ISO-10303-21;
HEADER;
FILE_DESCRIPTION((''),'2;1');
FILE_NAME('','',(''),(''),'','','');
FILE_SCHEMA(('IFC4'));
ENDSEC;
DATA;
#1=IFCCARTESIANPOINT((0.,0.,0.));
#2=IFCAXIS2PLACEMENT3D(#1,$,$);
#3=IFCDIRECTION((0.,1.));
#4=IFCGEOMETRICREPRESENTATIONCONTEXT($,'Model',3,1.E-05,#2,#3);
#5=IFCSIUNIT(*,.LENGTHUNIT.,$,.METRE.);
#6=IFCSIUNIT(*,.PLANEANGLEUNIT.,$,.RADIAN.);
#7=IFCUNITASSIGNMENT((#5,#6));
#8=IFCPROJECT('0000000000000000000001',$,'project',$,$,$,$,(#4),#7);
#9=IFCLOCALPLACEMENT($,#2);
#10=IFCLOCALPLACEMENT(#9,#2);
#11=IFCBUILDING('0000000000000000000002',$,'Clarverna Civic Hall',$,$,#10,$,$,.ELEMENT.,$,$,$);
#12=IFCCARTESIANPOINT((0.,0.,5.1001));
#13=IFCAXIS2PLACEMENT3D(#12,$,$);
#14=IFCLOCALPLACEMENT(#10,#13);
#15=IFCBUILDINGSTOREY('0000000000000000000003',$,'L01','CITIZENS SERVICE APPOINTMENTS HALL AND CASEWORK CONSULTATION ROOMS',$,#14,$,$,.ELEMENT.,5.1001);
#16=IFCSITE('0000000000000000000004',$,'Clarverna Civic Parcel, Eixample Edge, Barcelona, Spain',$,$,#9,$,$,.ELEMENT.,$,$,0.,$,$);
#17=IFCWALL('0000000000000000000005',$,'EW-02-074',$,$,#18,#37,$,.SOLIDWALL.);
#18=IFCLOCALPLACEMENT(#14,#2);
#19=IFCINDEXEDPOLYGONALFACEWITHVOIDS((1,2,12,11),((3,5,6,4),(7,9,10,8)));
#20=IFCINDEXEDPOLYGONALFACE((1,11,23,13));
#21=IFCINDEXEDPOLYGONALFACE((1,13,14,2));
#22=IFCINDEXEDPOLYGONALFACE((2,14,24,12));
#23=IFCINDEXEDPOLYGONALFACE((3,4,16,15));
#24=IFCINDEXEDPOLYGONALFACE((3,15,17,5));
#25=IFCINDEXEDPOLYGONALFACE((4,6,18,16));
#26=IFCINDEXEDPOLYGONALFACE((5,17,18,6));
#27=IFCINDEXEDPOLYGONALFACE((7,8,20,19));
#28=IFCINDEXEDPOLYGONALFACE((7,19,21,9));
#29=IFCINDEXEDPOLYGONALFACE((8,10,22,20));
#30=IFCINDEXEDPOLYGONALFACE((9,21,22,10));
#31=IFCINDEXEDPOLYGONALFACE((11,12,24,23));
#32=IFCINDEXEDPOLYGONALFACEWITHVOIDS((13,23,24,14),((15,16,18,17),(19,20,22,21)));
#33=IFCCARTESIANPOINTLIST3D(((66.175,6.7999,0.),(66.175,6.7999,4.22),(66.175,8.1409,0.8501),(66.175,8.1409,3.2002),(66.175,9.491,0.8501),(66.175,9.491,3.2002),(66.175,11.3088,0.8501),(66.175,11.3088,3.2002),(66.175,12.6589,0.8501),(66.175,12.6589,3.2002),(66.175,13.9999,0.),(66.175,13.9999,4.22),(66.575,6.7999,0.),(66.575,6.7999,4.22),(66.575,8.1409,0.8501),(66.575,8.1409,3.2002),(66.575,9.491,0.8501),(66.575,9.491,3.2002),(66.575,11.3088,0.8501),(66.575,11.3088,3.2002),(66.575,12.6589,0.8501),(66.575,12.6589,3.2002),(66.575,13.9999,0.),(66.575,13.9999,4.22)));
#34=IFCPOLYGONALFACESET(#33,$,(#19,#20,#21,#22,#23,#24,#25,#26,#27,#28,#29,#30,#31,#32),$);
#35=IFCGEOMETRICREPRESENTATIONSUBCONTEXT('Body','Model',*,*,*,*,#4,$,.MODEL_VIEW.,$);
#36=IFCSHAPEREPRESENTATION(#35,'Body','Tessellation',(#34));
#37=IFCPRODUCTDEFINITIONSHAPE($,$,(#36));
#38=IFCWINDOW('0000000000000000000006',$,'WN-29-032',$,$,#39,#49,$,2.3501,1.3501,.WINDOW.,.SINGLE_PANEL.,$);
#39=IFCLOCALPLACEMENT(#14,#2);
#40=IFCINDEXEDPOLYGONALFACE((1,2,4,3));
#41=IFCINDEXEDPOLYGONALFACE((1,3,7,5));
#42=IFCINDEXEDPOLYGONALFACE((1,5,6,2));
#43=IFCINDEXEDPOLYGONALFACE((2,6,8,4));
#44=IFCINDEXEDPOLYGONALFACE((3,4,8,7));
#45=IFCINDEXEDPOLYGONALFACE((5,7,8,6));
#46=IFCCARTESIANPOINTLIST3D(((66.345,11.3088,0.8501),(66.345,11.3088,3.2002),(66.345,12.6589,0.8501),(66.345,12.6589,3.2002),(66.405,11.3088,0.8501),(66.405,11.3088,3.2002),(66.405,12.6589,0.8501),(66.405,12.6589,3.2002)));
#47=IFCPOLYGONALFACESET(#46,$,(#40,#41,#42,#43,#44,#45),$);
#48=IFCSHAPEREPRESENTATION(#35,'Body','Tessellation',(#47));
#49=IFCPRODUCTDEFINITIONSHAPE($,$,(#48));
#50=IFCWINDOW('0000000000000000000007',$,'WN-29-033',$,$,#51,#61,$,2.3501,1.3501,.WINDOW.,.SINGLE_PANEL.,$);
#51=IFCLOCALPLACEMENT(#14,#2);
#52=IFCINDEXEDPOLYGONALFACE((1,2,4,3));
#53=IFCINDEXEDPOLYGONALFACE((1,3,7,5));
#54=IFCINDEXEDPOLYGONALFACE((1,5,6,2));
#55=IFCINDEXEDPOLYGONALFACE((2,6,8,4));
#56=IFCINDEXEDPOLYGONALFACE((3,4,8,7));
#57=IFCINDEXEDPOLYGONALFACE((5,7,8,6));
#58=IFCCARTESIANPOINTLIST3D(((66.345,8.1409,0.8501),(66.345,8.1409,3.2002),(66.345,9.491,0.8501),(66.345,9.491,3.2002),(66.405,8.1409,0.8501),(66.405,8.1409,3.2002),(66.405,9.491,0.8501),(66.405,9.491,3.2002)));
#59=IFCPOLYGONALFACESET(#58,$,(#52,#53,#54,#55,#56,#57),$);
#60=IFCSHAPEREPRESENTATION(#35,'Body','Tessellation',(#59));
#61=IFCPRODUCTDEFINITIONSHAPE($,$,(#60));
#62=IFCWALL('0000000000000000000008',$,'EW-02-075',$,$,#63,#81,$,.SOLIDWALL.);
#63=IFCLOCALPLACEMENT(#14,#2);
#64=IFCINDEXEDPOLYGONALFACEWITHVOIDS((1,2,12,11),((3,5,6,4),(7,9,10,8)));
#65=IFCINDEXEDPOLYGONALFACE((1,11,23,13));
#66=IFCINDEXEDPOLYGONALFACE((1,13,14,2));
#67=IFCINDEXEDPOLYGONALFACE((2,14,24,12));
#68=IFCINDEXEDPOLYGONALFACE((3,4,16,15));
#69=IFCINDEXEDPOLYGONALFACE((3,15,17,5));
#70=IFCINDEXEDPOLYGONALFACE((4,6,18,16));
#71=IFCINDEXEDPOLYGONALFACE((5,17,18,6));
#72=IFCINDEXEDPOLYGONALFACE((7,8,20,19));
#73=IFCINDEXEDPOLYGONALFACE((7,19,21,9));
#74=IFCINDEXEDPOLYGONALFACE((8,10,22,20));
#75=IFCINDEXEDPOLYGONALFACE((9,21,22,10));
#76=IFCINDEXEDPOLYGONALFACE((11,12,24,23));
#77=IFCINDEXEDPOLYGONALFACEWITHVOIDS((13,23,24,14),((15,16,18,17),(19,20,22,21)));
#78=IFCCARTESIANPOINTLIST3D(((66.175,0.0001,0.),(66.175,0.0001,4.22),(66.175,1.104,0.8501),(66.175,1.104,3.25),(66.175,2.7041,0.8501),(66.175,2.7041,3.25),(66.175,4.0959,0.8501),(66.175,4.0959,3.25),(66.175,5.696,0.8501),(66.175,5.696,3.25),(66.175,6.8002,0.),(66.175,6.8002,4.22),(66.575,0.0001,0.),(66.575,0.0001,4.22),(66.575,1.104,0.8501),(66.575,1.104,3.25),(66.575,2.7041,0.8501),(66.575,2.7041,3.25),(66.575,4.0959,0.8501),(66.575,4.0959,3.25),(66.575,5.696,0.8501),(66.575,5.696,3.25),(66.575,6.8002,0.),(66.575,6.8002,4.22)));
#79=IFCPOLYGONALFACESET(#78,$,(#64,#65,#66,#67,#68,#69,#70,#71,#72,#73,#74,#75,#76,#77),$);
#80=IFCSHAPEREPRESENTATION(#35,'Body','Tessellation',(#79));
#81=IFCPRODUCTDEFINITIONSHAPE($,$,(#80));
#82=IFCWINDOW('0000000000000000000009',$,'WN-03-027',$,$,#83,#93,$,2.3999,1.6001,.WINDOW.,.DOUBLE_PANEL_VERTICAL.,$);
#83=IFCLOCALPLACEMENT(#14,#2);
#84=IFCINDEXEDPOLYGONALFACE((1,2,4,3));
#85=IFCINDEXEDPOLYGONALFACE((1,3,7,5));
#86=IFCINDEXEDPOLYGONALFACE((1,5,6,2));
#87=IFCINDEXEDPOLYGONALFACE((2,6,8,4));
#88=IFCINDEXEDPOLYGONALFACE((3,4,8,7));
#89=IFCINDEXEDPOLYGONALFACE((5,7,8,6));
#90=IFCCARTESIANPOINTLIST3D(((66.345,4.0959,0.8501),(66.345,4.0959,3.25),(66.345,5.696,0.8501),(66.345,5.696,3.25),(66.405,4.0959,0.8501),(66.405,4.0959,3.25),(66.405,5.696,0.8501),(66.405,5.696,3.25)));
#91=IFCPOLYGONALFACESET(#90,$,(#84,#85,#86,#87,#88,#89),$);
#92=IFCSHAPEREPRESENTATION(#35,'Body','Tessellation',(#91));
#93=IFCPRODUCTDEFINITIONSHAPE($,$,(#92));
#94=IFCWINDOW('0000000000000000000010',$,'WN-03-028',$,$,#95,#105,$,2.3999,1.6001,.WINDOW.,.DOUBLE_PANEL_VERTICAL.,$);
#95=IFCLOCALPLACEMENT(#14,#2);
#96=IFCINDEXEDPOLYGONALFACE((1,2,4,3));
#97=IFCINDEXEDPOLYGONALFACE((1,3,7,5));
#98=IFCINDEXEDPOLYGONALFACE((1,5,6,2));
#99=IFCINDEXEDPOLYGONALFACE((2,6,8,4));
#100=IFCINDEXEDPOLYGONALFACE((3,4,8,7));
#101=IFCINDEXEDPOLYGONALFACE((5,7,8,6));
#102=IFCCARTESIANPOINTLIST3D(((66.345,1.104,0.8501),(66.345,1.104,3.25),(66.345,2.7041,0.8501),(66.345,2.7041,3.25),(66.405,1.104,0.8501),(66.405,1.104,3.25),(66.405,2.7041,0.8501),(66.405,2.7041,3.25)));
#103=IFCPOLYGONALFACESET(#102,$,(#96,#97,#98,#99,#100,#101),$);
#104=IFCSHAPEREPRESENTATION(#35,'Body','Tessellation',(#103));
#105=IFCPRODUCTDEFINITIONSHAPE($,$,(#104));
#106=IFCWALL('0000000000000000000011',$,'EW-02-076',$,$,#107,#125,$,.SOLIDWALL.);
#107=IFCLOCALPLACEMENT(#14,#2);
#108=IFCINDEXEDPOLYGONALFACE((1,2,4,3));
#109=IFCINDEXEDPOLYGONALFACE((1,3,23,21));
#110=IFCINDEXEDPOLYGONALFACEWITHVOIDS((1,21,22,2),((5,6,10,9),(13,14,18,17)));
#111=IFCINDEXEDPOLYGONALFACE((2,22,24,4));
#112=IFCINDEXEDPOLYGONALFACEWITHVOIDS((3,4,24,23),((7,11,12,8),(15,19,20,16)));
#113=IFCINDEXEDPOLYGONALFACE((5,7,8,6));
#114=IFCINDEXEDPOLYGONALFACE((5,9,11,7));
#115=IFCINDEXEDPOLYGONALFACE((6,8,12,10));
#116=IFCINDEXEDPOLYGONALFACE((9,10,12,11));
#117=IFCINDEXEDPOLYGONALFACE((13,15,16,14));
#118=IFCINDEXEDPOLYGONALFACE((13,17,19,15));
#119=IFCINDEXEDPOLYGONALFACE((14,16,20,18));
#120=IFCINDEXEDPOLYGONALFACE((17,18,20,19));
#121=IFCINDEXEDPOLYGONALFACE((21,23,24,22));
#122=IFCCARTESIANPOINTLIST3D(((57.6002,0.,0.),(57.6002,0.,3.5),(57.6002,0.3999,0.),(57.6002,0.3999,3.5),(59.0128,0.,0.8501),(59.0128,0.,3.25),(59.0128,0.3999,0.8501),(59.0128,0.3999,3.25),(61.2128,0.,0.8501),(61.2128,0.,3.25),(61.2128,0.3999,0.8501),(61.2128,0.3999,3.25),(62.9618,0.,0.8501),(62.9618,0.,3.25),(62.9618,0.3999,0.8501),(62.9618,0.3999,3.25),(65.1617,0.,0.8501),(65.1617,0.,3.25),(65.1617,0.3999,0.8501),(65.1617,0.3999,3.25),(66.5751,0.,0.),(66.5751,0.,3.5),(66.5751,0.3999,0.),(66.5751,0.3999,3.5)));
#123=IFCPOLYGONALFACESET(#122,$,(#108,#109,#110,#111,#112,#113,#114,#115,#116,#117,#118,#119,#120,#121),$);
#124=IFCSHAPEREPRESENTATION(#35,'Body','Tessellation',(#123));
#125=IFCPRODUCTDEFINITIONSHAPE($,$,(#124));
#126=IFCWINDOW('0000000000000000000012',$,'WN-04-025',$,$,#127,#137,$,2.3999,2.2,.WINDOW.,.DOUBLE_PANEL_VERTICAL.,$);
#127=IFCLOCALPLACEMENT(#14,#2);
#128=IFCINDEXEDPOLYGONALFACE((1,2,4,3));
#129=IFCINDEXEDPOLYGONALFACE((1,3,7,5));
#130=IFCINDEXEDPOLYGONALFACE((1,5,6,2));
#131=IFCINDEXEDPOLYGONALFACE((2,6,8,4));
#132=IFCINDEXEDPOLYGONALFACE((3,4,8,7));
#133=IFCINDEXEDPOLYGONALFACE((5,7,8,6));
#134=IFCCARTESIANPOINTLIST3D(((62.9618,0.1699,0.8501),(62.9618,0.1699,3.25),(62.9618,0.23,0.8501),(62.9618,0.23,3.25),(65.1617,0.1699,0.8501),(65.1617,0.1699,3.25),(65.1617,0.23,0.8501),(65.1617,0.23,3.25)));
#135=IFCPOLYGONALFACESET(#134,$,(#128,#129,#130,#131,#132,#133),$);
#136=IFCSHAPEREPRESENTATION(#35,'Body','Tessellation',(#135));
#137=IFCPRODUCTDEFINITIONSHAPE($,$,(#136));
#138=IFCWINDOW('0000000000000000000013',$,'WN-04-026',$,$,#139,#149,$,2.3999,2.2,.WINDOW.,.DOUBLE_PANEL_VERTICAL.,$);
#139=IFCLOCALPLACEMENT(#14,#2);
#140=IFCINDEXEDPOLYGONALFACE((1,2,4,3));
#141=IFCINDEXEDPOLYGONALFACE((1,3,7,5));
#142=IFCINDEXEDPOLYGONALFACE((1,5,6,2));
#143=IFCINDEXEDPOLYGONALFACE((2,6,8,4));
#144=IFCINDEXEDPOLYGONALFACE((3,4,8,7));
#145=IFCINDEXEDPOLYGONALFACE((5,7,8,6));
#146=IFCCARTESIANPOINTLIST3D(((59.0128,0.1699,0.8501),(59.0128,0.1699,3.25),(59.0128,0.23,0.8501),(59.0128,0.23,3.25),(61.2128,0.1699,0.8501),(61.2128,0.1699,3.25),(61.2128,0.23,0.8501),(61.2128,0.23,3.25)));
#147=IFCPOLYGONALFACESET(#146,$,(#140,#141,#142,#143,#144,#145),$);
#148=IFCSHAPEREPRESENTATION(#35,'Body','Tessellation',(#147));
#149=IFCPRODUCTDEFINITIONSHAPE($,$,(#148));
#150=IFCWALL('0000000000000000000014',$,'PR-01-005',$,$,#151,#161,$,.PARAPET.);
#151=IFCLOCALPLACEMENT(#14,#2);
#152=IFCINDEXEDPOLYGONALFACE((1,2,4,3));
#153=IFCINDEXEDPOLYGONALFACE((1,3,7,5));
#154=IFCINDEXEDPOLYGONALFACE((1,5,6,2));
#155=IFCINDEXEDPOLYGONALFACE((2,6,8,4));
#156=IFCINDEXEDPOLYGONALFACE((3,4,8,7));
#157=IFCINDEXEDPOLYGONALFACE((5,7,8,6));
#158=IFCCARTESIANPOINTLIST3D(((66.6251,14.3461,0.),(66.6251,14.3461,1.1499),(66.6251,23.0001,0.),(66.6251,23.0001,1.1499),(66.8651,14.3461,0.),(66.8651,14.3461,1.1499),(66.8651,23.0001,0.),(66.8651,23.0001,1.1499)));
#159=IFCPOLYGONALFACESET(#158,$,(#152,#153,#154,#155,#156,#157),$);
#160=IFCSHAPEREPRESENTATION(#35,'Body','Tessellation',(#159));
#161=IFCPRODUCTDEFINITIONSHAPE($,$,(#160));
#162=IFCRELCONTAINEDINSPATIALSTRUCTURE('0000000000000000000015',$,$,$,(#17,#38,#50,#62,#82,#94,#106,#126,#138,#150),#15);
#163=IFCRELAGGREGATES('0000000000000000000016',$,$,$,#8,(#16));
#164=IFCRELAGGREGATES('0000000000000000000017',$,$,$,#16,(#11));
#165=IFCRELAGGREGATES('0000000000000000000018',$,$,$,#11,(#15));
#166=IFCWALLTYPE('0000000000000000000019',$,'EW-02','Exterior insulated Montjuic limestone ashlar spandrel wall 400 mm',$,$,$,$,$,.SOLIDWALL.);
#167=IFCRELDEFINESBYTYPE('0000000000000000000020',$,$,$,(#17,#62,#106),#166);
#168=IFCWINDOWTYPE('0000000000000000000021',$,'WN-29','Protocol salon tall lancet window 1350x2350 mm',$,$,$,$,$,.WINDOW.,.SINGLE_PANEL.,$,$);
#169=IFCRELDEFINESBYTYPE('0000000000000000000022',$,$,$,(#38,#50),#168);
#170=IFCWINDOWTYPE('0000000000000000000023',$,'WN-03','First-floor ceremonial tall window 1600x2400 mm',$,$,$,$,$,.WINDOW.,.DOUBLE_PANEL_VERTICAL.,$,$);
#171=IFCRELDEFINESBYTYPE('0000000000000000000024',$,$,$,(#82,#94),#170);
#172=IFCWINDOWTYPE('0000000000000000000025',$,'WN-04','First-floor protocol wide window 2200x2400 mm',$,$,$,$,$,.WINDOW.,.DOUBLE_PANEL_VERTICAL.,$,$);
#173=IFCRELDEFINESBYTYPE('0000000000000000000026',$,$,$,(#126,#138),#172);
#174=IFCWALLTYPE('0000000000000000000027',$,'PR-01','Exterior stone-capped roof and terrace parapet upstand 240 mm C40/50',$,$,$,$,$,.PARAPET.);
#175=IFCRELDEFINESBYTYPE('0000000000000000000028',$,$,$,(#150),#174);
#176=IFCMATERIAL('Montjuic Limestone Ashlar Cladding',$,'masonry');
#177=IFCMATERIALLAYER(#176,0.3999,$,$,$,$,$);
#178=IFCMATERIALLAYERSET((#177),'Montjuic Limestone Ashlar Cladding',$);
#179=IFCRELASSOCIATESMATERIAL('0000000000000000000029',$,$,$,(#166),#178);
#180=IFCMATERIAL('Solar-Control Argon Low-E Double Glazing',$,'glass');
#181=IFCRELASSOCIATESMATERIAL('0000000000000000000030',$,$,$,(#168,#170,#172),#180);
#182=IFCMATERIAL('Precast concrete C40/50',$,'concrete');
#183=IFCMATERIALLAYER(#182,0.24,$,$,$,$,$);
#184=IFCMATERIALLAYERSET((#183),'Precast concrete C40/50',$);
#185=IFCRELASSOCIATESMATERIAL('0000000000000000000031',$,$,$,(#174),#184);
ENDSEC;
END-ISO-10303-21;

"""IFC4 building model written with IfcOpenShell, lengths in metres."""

from ifc_helpers import new_model, si_unit, direction, frame, frame_2d, origin, place, context, subcontext, project, spatial, rectangle, extrude, material, layer, layer_set, type_object, element, fill, save


model = new_model("IFC4")

# Units and contexts
model_context = context("Model", 3, precision=1e-05, world=origin(), true_north=direction((0.0, 1.0)))
body_context = subcontext(model_context, "Body", "Model", "MODEL_VIEW")
ifc_project = project(units=[si_unit("LENGTHUNIT", "METRE"), si_unit("PLANEANGLEUNIT", "RADIAN")], contexts=[model_context])

# Site, building, storey
site_placement = place(None, origin())
site = spatial("IfcSite", under=ifc_project, at=site_placement, Name="Clarverna Civic Parcel, Eixample Edge, Barcelona, Spain", CompositionType="ELEMENT", RefElevation=0.0)
building_placement = place(site_placement, origin())
building = spatial("IfcBuilding", under=site, at=building_placement, Name="Clarverna Civic Hall", CompositionType="ELEMENT")
storey_placement = place(building_placement, frame((0.0, 0.0, 5.1001)))
storey = spatial("IfcBuildingStorey", under=building, at=storey_placement, Name="L01", Description="CITIZENS SERVICE APPOINTMENTS HALL AND CASEWORK CONSULTATION ROOMS", CompositionType="ELEMENT", Elevation=5.1001)

# Walls, openings, windows
ifc_material_1 = material(Name="Montjuic Limestone Ashlar Cladding", Category="masonry")
ifc_layer_1 = layer(ifc_material_1, 0.3999)
ifc_layer_set_1 = layer_set([ifc_layer_1], Name="Montjuic Limestone Ashlar Cladding")
wall_type_1 = type_object("IfcWallType", Name="EW-02", Description="Exterior insulated Montjuic limestone ashlar spandrel wall 400 mm", PredefinedType="SOLIDWALL", material=ifc_layer_set_1)
wall_1_placement = place(storey_placement, frame((66.375, 14.0, 0.0), z_axis=(0.0, 0.0, 1.0), x_axis=(0.0, -1.0, 0.0)))
wall_1 = element("IfcWall", 1, at=wall_1_placement, inside=storey, type_object=wall_type_1, Name="EW-02-074", PredefinedType="SOLIDWALL", context=body_context, shape_type="SweptSolid", body=[
    extrude(rectangle(XDim=7.2, YDim=0.3999, at=frame_2d((3.6001, 0.0))), origin(), (0.0, 0.0, 1.0), 4.22),
])
opening_1_placement = place(wall_1_placement, frame((1.3411, 0.0, 0.8501)))
opening_1 = element("IfcOpeningElement", 2, at=opening_1_placement, cuts=wall_1, PredefinedType="OPENING", context=body_context, shape_type="SweptSolid", body=[
    extrude(rectangle(XDim=1.3501, YDim=2.3501, at=frame_2d((0.675, 1.175))), frame((0.0, 0.21, 0.0), z_axis=(0.0, -1.0, 0.0), x_axis=(1.0, 0.0, 0.0)), (0.0, 0.0, 1.0), 0.4199),
])
opening_2_placement = place(wall_1_placement, frame((4.509, 0.0, 0.8501)))
opening_2 = element("IfcOpeningElement", 3, at=opening_2_placement, cuts=wall_1, PredefinedType="OPENING", context=body_context, shape_type="SweptSolid", body=[
    extrude(rectangle(XDim=1.3501, YDim=2.3501, at=frame_2d((0.675, 1.175))), frame((0.0, 0.21, 0.0), z_axis=(0.0, -1.0, 0.0), x_axis=(1.0, 0.0, 0.0)), (0.0, 0.0, 1.0), 0.4199),
])
ifc_material_2 = material(Name="Solar-Control Argon Low-E Double Glazing", Category="glass")
window_type_1 = type_object("IfcWindowType", Name="WN-29", Description="Protocol salon tall lancet window 1350x2350 mm", PartitioningType="SINGLE_PANEL", PredefinedType="WINDOW", material=ifc_material_2)
window_1_placement = place(opening_1_placement, origin())
window_1 = element("IfcWindow", 4, at=window_1_placement, inside=storey, type_object=window_type_1, Name="WN-29-032", OverallHeight=2.3501, OverallWidth=1.3501, PartitioningType="SINGLE_PANEL", PredefinedType="WINDOW", context=body_context, shape_type="SweptSolid", body=[
    extrude(rectangle(XDim=1.3501, YDim=2.3501, at=frame_2d((0.675, 1.175))), frame((0.0, 0.03, 0.0), z_axis=(0.0, -1.0, 0.0), x_axis=(1.0, 0.0, 0.0)), (0.0, 0.0, 1.0), 0.0601),
])
fill(opening_1, window_1)
window_2_placement = place(opening_2_placement, origin())
window_2 = element("IfcWindow", 5, at=window_2_placement, inside=storey, type_object=window_type_1, Name="WN-29-033", OverallHeight=2.3501, OverallWidth=1.3501, PartitioningType="SINGLE_PANEL", PredefinedType="WINDOW", context=body_context, shape_type="SweptSolid", body=[
    extrude(rectangle(XDim=1.3501, YDim=2.3501, at=frame_2d((0.675, 1.175))), frame((0.0, 0.03, 0.0), z_axis=(0.0, -1.0, 0.0), x_axis=(1.0, 0.0, 0.0)), (0.0, 0.0, 1.0), 0.0601),
])
fill(opening_2, window_2)
wall_2_placement = place(storey_placement, frame((66.375, 6.8, 0.0), z_axis=(0.0, 0.0, 1.0), x_axis=(0.0, -1.0, 0.0)))
wall_2 = element("IfcWall", 6, at=wall_2_placement, inside=storey, type_object=wall_type_1, Name="EW-02-075", PredefinedType="SOLIDWALL", context=body_context, shape_type="SweptSolid", body=[
    extrude(rectangle(XDim=6.8, YDim=0.3999, at=frame_2d((3.3999, 0.0))), origin(), (0.0, 0.0, 1.0), 4.22),
])
opening_3_placement = place(wall_2_placement, frame((1.104, 0.0, 0.8501)))
opening_3 = element("IfcOpeningElement", 7, at=opening_3_placement, cuts=wall_2, PredefinedType="OPENING", context=body_context, shape_type="SweptSolid", body=[
    extrude(rectangle(XDim=1.6001, YDim=2.3999, at=frame_2d((0.8, 1.2))), frame((0.0, 0.21, 0.0), z_axis=(0.0, -1.0, 0.0), x_axis=(1.0, 0.0, 0.0)), (0.0, 0.0, 1.0), 0.4199),
])
opening_4_placement = place(wall_2_placement, frame((4.0959, 0.0, 0.8501)))
opening_4 = element("IfcOpeningElement", 8, at=opening_4_placement, cuts=wall_2, PredefinedType="OPENING", context=body_context, shape_type="SweptSolid", body=[
    extrude(rectangle(XDim=1.6001, YDim=2.3999, at=frame_2d((0.8, 1.2))), frame((0.0, 0.21, 0.0), z_axis=(0.0, -1.0, 0.0), x_axis=(1.0, 0.0, 0.0)), (0.0, 0.0, 1.0), 0.4199),
])
window_type_2 = type_object("IfcWindowType", Name="WN-03", Description="First-floor ceremonial tall window 1600x2400 mm", PartitioningType="DOUBLE_PANEL_VERTICAL", PredefinedType="WINDOW", material=ifc_material_2)
window_3_placement = place(opening_3_placement, origin())
window_3 = element("IfcWindow", 9, at=window_3_placement, inside=storey, type_object=window_type_2, Name="WN-03-027", OverallHeight=2.3999, OverallWidth=1.6001, PartitioningType="DOUBLE_PANEL_VERTICAL", PredefinedType="WINDOW", context=body_context, shape_type="SweptSolid", body=[
    extrude(rectangle(XDim=1.6001, YDim=2.3999, at=frame_2d((0.8, 1.2))), frame((0.0, 0.03, 0.0), z_axis=(0.0, -1.0, 0.0), x_axis=(1.0, 0.0, 0.0)), (0.0, 0.0, 1.0), 0.0601),
])
fill(opening_3, window_3)
window_4_placement = place(opening_4_placement, origin())
window_4 = element("IfcWindow", 10, at=window_4_placement, inside=storey, type_object=window_type_2, Name="WN-03-028", OverallHeight=2.3999, OverallWidth=1.6001, PartitioningType="DOUBLE_PANEL_VERTICAL", PredefinedType="WINDOW", context=body_context, shape_type="SweptSolid", body=[
    extrude(rectangle(XDim=1.6001, YDim=2.3999, at=frame_2d((0.8, 1.2))), frame((0.0, 0.03, 0.0), z_axis=(0.0, -1.0, 0.0), x_axis=(1.0, 0.0, 0.0)), (0.0, 0.0, 1.0), 0.0601),
])
fill(opening_4, window_4)
wall_3_placement = place(storey_placement, frame((66.575, 0.2, 0.0), z_axis=(0.0, 0.0, 1.0), x_axis=(-1.0, 0.0, 0.0)))
wall_3 = element("IfcWall", 11, at=wall_3_placement, inside=storey, type_object=wall_type_1, Name="EW-02-076", PredefinedType="SOLIDWALL", context=body_context, shape_type="SweptSolid", body=[
    extrude(rectangle(XDim=8.9749, YDim=0.3999, at=frame_2d((4.4873, 0.0))), origin(), (0.0, 0.0, 1.0), 3.5),
])
opening_5_placement = place(wall_3_placement, frame((1.4131, 0.0, 0.8501)))
opening_5 = element("IfcOpeningElement", 12, at=opening_5_placement, cuts=wall_3, PredefinedType="OPENING", context=body_context, shape_type="SweptSolid", body=[
    extrude(rectangle(XDim=2.2, YDim=2.3999, at=frame_2d((1.1001, 1.2))), frame((0.0, 0.21, 0.0), z_axis=(0.0, -1.0, 0.0), x_axis=(1.0, 0.0, 0.0)), (0.0, 0.0, 1.0), 0.4199),
])
opening_6_placement = place(wall_3_placement, frame((5.3621, 0.0, 0.8501)))
opening_6 = element("IfcOpeningElement", 13, at=opening_6_placement, cuts=wall_3, PredefinedType="OPENING", context=body_context, shape_type="SweptSolid", body=[
    extrude(rectangle(XDim=2.2, YDim=2.3999, at=frame_2d((1.1001, 1.2))), frame((0.0, 0.21, 0.0), z_axis=(0.0, -1.0, 0.0), x_axis=(1.0, 0.0, 0.0)), (0.0, 0.0, 1.0), 0.4199),
])
window_type_3 = type_object("IfcWindowType", Name="WN-04", Description="First-floor protocol wide window 2200x2400 mm", PartitioningType="DOUBLE_PANEL_VERTICAL", PredefinedType="WINDOW", material=ifc_material_2)
window_5_placement = place(opening_5_placement, origin())
window_5 = element("IfcWindow", 14, at=window_5_placement, inside=storey, type_object=window_type_3, Name="WN-04-025", OverallHeight=2.3999, OverallWidth=2.2, PartitioningType="DOUBLE_PANEL_VERTICAL", PredefinedType="WINDOW", context=body_context, shape_type="SweptSolid", body=[
    extrude(rectangle(XDim=2.2, YDim=2.3999, at=frame_2d((1.1001, 1.2))), frame((0.0, 0.03, 0.0), z_axis=(0.0, -1.0, 0.0), x_axis=(1.0, 0.0, 0.0)), (0.0, 0.0, 1.0), 0.0601),
])
fill(opening_5, window_5)
window_6_placement = place(opening_6_placement, origin())
window_6 = element("IfcWindow", 15, at=window_6_placement, inside=storey, type_object=window_type_3, Name="WN-04-026", OverallHeight=2.3999, OverallWidth=2.2, PartitioningType="DOUBLE_PANEL_VERTICAL", PredefinedType="WINDOW", context=body_context, shape_type="SweptSolid", body=[
    extrude(rectangle(XDim=2.2, YDim=2.3999, at=frame_2d((1.1001, 1.2))), frame((0.0, 0.03, 0.0), z_axis=(0.0, -1.0, 0.0), x_axis=(1.0, 0.0, 0.0)), (0.0, 0.0, 1.0), 0.0601),
])
fill(opening_6, window_6)

# Wall
ifc_material_3 = material(Name="Precast concrete C40/50", Category="concrete")
ifc_layer_2 = layer(ifc_material_3, 0.24)
ifc_layer_set_2 = layer_set([ifc_layer_2], Name="Precast concrete C40/50")
wall_type_2 = type_object("IfcWallType", Name="PR-01", Description="Exterior stone-capped roof and terrace parapet upstand 240 mm C40/50", PredefinedType="PARAPET", material=ifc_layer_set_2)
wall_4_placement = place(storey_placement, frame((66.7451, 14.3459, 0.0), z_axis=(0.0, 0.0, 1.0), x_axis=(0.0, 1.0, 0.0)))
element("IfcWall", 16, at=wall_4_placement, inside=storey, type_object=wall_type_2, Name="PR-01-005", PredefinedType="PARAPET", context=body_context, shape_type="SweptSolid", body=[
    extrude(rectangle(XDim=8.6541, YDim=0.24, at=frame_2d((4.3271, 0.0))), origin(), (0.0, 0.0, 1.0), 1.1499),
])

save(model, "model.ifc")
